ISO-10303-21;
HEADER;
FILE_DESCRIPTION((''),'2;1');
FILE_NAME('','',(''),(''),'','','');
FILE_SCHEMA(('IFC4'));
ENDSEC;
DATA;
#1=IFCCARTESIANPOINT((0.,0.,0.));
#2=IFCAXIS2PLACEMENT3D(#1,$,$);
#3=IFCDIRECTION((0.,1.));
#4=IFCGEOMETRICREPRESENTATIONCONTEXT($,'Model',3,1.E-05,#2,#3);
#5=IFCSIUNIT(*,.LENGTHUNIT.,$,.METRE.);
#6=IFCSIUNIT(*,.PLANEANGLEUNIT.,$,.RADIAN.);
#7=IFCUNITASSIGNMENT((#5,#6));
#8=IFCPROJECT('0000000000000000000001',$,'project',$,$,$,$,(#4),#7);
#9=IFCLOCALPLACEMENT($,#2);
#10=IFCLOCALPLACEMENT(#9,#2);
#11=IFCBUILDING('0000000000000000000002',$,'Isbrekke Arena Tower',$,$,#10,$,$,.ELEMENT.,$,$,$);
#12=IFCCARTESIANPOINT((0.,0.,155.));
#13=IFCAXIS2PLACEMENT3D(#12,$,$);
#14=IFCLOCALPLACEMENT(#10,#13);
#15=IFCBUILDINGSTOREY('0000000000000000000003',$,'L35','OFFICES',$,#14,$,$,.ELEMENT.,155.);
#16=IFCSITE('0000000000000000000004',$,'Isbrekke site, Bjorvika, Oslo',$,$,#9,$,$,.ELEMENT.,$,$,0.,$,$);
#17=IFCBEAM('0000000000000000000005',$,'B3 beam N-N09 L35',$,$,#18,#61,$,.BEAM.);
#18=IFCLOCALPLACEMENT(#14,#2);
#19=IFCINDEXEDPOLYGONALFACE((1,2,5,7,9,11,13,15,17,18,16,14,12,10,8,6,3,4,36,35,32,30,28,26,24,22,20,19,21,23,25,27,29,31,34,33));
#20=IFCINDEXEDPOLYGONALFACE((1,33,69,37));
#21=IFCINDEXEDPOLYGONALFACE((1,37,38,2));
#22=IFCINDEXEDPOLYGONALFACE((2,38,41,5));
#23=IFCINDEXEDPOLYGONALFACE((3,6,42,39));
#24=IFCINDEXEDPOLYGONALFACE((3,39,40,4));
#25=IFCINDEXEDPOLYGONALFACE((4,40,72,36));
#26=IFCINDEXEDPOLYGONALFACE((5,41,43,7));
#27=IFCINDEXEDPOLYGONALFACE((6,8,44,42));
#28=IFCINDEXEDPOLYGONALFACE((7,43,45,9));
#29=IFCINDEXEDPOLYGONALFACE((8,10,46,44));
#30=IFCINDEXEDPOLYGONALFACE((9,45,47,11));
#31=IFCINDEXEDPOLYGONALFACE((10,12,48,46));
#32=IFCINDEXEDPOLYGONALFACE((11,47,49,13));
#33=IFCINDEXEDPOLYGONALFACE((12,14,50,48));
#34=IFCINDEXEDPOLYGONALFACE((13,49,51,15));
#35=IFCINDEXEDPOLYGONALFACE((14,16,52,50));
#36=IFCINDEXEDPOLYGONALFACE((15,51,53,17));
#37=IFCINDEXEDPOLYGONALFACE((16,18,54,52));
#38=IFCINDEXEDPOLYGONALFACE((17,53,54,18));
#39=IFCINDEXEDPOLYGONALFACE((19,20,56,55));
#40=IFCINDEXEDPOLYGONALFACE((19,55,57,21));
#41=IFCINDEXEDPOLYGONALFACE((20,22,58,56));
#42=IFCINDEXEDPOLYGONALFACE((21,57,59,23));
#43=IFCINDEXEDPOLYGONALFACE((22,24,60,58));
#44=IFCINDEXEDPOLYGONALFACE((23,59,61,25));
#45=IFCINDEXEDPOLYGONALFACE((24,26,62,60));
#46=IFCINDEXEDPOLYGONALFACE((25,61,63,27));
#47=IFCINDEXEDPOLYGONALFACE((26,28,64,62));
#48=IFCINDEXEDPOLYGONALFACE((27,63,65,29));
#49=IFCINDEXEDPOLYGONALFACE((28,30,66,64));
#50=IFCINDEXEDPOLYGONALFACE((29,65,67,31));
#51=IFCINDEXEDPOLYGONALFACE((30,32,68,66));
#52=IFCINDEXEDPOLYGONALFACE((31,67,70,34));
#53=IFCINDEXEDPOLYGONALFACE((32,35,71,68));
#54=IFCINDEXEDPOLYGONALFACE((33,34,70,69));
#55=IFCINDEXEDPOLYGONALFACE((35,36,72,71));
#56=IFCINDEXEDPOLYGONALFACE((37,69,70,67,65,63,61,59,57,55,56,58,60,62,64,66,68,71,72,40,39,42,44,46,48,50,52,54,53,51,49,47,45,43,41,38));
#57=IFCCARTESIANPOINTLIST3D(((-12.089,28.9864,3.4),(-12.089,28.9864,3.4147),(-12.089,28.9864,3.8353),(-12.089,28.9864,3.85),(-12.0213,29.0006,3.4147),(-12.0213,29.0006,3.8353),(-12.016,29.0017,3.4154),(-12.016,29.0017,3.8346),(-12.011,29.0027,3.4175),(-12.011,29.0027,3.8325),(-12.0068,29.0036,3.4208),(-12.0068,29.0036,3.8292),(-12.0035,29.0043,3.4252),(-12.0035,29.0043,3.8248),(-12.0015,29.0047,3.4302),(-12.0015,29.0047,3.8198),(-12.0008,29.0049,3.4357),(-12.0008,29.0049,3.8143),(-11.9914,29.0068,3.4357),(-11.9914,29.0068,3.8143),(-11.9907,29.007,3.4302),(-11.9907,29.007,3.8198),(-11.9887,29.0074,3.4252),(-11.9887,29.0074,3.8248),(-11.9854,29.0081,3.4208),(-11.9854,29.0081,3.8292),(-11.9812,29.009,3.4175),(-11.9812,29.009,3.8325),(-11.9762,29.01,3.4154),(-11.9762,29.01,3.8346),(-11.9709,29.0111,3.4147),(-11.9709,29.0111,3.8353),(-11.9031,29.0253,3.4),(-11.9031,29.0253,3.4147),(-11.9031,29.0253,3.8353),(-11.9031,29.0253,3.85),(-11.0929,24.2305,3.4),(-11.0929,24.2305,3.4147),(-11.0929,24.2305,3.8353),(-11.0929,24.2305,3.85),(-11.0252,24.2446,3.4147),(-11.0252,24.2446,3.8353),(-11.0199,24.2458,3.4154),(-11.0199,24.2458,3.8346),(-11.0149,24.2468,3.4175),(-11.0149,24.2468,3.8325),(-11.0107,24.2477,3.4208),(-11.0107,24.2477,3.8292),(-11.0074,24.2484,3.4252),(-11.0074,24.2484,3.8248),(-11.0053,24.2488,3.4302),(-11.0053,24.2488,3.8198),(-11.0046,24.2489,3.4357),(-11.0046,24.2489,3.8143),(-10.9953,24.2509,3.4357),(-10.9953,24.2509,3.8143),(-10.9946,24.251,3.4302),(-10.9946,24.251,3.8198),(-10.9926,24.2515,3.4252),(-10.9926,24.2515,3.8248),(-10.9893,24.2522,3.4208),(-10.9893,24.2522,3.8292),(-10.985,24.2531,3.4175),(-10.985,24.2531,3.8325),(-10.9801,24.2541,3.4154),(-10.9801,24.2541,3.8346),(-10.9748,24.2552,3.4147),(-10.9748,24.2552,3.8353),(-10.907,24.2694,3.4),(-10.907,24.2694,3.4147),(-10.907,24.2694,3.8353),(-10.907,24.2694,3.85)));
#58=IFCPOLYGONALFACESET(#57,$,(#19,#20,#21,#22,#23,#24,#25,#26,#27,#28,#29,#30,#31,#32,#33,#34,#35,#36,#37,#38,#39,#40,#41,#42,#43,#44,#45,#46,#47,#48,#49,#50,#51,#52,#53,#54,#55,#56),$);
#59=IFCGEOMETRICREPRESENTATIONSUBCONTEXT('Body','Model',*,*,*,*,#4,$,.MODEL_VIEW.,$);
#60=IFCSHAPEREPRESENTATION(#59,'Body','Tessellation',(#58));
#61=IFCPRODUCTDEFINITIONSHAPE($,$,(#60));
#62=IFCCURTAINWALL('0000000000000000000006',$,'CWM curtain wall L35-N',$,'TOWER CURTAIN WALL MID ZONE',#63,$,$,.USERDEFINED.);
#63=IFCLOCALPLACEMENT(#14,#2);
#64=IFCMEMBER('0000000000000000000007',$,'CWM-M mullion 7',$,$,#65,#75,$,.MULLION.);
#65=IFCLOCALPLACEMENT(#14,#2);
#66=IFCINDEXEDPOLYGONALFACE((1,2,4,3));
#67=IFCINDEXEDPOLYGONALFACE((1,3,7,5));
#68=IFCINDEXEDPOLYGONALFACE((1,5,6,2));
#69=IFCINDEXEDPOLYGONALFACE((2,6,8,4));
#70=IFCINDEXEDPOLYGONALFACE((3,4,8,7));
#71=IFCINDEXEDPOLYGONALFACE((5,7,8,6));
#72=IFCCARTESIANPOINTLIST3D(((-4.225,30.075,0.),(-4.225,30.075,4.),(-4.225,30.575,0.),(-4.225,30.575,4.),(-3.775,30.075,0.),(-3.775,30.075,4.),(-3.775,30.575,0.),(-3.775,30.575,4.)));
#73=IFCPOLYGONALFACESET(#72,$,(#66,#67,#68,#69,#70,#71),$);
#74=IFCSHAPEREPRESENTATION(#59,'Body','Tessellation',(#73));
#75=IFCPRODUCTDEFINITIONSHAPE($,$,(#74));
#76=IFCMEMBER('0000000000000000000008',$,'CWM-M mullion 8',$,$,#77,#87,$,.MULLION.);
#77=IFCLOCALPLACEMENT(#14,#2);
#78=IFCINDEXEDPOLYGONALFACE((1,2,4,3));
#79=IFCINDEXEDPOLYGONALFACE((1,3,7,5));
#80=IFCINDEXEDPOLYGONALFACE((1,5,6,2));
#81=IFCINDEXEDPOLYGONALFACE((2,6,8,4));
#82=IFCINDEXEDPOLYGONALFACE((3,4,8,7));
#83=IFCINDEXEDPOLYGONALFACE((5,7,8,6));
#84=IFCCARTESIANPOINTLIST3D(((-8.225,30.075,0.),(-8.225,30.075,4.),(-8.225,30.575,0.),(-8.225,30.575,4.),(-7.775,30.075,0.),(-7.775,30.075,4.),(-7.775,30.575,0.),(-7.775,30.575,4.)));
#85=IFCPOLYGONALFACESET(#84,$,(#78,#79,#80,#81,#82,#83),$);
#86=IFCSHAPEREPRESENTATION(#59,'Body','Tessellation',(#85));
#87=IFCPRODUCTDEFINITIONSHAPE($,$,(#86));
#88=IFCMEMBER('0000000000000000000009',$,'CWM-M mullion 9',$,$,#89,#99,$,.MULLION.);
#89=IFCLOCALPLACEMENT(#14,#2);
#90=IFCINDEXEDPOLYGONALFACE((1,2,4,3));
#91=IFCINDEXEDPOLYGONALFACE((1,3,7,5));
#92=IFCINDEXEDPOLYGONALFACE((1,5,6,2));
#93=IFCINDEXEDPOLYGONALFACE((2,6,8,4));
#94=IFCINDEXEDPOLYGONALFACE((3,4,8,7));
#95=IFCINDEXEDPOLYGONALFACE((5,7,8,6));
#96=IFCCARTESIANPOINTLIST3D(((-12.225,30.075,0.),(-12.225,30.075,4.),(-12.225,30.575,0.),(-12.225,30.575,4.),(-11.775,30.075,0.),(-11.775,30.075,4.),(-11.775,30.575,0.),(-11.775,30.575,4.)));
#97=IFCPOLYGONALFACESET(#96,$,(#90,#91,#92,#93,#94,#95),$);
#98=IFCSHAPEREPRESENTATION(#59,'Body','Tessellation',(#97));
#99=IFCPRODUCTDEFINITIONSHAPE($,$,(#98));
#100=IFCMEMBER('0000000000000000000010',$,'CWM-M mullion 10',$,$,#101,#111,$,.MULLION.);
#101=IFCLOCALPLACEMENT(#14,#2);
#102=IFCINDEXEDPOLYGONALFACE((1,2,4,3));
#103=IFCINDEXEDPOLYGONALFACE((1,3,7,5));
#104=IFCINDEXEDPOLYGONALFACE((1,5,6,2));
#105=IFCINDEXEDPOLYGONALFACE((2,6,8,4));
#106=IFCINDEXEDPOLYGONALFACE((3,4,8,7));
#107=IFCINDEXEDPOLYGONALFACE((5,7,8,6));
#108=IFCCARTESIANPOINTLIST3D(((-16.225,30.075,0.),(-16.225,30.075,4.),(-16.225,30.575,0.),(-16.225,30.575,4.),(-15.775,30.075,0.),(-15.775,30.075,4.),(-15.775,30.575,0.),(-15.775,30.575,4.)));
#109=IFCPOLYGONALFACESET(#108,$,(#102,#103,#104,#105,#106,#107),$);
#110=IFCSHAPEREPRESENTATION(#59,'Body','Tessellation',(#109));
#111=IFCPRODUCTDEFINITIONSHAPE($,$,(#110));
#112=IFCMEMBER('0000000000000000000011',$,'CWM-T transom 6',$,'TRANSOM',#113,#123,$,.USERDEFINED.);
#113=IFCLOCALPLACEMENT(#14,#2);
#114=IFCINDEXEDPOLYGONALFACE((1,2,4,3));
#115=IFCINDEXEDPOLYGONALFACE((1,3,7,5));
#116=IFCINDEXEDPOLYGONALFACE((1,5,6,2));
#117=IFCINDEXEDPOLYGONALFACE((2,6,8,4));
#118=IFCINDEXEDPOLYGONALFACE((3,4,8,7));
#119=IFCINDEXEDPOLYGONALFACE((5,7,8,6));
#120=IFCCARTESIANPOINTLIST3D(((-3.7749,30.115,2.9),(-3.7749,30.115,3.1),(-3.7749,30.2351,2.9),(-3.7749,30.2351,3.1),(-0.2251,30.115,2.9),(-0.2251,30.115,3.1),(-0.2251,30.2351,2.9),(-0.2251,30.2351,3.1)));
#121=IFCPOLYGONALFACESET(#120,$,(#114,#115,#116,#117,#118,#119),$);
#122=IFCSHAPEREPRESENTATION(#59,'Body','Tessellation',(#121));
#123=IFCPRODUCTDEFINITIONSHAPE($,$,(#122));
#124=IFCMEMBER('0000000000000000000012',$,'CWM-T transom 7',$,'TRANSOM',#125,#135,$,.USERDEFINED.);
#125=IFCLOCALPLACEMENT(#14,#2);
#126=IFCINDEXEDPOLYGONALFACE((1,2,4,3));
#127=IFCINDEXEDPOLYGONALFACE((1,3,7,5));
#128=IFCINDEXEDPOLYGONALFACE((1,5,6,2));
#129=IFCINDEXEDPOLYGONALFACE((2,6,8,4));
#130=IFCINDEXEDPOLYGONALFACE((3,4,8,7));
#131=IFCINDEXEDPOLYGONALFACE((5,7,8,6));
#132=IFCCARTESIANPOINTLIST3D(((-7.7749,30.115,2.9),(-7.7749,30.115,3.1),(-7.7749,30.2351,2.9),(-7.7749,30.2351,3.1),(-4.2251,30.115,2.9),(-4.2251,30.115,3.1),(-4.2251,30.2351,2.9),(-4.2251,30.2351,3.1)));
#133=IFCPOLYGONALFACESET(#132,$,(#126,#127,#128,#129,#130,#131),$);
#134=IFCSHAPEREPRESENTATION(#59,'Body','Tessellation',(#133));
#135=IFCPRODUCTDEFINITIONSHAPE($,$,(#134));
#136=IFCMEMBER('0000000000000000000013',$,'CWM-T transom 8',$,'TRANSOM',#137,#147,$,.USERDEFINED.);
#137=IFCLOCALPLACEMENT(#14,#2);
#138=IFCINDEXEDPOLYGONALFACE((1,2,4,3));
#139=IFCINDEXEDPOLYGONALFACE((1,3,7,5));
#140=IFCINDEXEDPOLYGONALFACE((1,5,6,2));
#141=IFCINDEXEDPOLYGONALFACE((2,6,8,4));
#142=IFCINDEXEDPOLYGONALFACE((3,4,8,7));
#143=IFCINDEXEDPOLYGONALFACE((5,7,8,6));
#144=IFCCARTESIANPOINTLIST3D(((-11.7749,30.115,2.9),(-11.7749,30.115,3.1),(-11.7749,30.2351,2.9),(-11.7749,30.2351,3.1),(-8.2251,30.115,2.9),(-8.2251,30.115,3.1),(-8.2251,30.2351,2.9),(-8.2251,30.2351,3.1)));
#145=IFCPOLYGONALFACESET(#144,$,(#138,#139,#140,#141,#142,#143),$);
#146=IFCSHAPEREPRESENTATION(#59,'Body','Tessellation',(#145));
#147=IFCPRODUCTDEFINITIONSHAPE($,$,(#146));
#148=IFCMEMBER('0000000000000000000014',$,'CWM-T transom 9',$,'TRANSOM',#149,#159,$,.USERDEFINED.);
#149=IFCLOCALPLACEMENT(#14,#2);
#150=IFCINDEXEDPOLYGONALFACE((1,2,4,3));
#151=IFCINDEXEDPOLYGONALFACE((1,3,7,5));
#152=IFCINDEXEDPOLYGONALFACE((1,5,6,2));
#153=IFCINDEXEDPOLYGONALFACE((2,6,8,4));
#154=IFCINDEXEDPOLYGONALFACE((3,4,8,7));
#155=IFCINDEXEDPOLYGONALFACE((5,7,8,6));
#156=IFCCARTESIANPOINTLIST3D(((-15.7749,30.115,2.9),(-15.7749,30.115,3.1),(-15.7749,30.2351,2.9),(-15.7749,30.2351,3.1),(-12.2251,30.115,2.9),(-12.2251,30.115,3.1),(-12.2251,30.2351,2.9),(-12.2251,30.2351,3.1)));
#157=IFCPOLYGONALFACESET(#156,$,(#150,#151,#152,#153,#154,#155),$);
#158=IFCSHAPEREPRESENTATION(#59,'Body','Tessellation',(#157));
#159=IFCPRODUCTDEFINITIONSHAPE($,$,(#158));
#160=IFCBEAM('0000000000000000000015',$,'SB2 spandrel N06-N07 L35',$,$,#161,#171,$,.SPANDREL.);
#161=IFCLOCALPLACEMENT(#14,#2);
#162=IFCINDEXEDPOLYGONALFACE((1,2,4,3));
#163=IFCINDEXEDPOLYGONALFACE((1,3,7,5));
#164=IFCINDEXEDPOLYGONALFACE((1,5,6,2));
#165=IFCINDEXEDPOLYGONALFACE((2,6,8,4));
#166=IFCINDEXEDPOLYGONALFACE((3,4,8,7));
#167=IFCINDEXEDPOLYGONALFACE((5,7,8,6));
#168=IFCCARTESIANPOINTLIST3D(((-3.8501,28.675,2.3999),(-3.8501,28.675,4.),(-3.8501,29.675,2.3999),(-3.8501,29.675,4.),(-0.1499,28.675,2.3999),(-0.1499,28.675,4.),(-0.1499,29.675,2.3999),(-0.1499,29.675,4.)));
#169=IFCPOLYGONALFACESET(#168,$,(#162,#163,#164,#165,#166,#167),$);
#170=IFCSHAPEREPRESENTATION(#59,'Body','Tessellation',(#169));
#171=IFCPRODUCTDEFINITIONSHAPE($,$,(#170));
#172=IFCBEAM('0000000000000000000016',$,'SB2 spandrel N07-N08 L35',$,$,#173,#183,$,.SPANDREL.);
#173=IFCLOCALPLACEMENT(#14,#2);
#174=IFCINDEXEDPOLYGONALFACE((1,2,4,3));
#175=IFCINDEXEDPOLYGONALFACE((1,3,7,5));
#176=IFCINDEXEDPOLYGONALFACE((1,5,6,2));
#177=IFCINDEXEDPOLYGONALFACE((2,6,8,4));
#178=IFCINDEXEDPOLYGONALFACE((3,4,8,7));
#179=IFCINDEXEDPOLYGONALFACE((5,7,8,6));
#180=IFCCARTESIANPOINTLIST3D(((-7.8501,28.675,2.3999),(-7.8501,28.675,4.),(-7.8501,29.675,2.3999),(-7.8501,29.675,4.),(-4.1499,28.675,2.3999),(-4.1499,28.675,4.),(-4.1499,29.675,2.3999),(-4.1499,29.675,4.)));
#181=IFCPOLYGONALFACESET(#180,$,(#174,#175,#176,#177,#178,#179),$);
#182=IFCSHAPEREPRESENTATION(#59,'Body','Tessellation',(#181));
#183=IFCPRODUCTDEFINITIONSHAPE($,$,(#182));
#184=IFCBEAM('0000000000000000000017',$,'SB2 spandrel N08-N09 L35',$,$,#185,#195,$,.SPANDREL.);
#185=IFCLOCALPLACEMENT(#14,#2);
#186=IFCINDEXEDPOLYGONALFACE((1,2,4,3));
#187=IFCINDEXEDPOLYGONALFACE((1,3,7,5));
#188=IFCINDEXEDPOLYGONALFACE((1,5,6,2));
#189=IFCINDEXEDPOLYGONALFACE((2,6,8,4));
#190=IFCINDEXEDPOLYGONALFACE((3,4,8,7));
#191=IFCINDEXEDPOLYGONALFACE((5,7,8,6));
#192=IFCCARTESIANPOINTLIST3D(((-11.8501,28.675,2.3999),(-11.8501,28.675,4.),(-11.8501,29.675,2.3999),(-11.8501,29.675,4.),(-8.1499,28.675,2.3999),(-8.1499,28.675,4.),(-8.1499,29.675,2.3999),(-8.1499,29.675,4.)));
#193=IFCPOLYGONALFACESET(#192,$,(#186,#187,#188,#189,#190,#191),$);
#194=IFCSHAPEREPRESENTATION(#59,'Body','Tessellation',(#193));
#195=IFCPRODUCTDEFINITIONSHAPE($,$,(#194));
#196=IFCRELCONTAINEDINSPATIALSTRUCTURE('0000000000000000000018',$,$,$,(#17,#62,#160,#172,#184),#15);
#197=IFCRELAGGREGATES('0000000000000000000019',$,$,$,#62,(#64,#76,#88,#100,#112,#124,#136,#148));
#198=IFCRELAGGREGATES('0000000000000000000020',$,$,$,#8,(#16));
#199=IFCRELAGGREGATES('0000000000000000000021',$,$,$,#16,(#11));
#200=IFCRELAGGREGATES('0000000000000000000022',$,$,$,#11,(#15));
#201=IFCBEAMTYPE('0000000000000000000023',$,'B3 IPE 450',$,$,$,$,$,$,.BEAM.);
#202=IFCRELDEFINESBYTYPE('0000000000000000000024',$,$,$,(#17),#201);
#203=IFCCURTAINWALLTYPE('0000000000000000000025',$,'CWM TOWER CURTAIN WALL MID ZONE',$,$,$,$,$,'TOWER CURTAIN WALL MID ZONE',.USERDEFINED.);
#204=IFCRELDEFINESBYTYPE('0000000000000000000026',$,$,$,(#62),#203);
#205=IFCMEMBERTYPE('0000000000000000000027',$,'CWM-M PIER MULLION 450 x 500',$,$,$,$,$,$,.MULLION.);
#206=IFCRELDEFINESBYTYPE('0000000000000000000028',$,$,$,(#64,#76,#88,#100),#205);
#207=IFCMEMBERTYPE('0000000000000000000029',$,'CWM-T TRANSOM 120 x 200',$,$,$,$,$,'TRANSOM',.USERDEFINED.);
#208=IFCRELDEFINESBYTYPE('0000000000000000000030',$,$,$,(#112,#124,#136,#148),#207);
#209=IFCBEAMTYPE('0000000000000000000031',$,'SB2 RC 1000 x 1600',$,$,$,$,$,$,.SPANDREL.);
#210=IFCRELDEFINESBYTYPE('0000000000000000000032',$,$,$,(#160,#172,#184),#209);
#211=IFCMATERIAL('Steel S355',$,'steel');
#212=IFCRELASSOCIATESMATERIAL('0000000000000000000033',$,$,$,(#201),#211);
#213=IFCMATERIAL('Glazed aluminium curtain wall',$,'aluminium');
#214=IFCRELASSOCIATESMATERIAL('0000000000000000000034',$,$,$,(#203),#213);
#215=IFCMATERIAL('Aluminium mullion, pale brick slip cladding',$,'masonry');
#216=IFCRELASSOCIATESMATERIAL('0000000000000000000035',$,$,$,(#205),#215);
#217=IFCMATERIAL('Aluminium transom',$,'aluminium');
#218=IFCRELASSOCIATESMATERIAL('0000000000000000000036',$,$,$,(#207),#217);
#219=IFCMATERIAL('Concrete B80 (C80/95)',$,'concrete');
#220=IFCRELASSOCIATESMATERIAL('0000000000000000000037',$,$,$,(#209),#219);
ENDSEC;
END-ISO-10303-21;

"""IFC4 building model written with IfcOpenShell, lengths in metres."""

from ifc_helpers import new_model, si_unit, direction, frame, origin, origin_2d, place, context, subcontext, project, spatial, rectangle, i_section, extrude, material, material_profile, profile_set, type_object, element, aggregate, save


model = new_model("IFC4")

# Units and contexts
model_context = context("Model", 3, precision=1e-05, world=origin(), true_north=direction((0.0, 1.0)))
body_context = subcontext(model_context, "Body", "Model", "MODEL_VIEW")
ifc_project = project(units=[si_unit("LENGTHUNIT", "METRE"), si_unit("PLANEANGLEUNIT", "RADIAN")], contexts=[model_context])

# Site, building, storey
site_placement = place(None, origin())
site = spatial("IfcSite", under=ifc_project, at=site_placement, Name="Isbrekke site, Bjorvika, Oslo", CompositionType="ELEMENT", RefElevation=0.0)
building_placement = place(site_placement, origin())
building = spatial("IfcBuilding", under=site, at=building_placement, Name="Isbrekke Arena Tower", CompositionType="ELEMENT")
storey_placement = place(building_placement, frame((0.0, 0.0, 155.0)))
storey = spatial("IfcBuildingStorey", under=building, at=storey_placement, Name="L35", Description="OFFICES", CompositionType="ELEMENT", Elevation=155.0)

# Beam
ifc_material_1 = material(Name="Steel S355", Category="steel")
ifc_material_profile_1 = material_profile(ifc_material_1, i_section(OverallWidth=0.1899, OverallDepth=0.45, WebThickness=0.0095, FlangeThickness=0.0146, FilletRadius=0.021, at=origin_2d()), Name="IPE 450")
ifc_profile_set_1 = profile_set([ifc_material_profile_1], Name="Steel S355")
beam_type_1 = type_object("IfcBeamType", Name="B3 IPE 450", PredefinedType="BEAM", material=ifc_profile_set_1)
beam_1_placement = place(storey_placement, frame((-11.9961, 29.0059, 3.625), z_axis=(0.204997, -0.978762, 0.0), x_axis=(0.978762, 0.204997, 0.0)))
element("IfcBeam", 1, at=beam_1_placement, inside=storey, type_object=beam_type_1, Name="B3 beam N-N09 L35", PredefinedType="BEAM", context=body_context, shape_type="SweptSolid", body=[
    extrude(i_section(OverallWidth=0.1899, OverallDepth=0.45, WebThickness=0.0095, FlangeThickness=0.0146, FilletRadius=0.021, at=origin_2d()), origin(), (0.0, 0.0, 1.0), 4.8591),
])

# Curtain wall, members
ifc_material_2 = material(Name="Glazed aluminium curtain wall", Category="aluminium")
curtain_wall_type = type_object("IfcCurtainWallType", Name="CWM TOWER CURTAIN WALL MID ZONE", ElementType="TOWER CURTAIN WALL MID ZONE", PredefinedType="USERDEFINED", material=ifc_material_2)
curtain_wall_placement = place(storey_placement, origin())
curtain_wall = element("IfcCurtainWall", 2, at=curtain_wall_placement, inside=storey, type_object=curtain_wall_type, Name="CWM curtain wall L35-N", ObjectType="TOWER CURTAIN WALL MID ZONE", PredefinedType="USERDEFINED")
ifc_material_3 = material(Name="Aluminium mullion, pale brick slip cladding", Category="masonry")
ifc_material_profile_2 = material_profile(ifc_material_3, rectangle(XDim=0.45, YDim=0.5, at=origin_2d()), Name="PIER 450X500")
ifc_profile_set_2 = profile_set([ifc_material_profile_2], Name="Aluminium mullion, pale brick slip cladding")
member_type_1 = type_object("IfcMemberType", Name="CWM-M PIER MULLION 450 x 500", PredefinedType="MULLION", material=ifc_profile_set_2)
member_1_placement = place(storey_placement, frame((-4.0, 30.325, 0.0), z_axis=(0.0, 0.0, 1.0), x_axis=(-1.0, 0.0, 0.0)))
member_1 = element("IfcMember", 3, at=member_1_placement, type_object=member_type_1, Name="CWM-M mullion 7", PredefinedType="MULLION", context=body_context, shape_type="SweptSolid", body=[
    extrude(rectangle(XDim=0.45, YDim=0.5, at=origin_2d()), origin(), (0.0, 0.0, 1.0), 4.0),
])
member_2_placement = place(storey_placement, frame((-8.0, 30.325, 0.0), z_axis=(0.0, 0.0, 1.0), x_axis=(-1.0, 0.0, 0.0)))
member_2 = element("IfcMember", 4, at=member_2_placement, type_object=member_type_1, Name="CWM-M mullion 8", PredefinedType="MULLION", context=body_context, shape_type="SweptSolid", body=[
    extrude(rectangle(XDim=0.45, YDim=0.5, at=origin_2d()), origin(), (0.0, 0.0, 1.0), 4.0),
])
member_3_placement = place(storey_placement, frame((-12.0, 30.325, 0.0), z_axis=(0.0, 0.0, 1.0), x_axis=(-1.0, 0.0, 0.0)))
member_3 = element("IfcMember", 5, at=member_3_placement, type_object=member_type_1, Name="CWM-M mullion 9", PredefinedType="MULLION", context=body_context, shape_type="SweptSolid", body=[
    extrude(rectangle(XDim=0.45, YDim=0.5, at=origin_2d()), origin(), (0.0, 0.0, 1.0), 4.0),
])
member_4_placement = place(storey_placement, frame((-16.0, 30.325, 0.0), z_axis=(0.0, 0.0, 1.0), x_axis=(-1.0, 0.0, 0.0)))
member_4 = element("IfcMember", 6, at=member_4_placement, type_object=member_type_1, Name="CWM-M mullion 10", PredefinedType="MULLION", context=body_context, shape_type="SweptSolid", body=[
    extrude(rectangle(XDim=0.45, YDim=0.5, at=origin_2d()), origin(), (0.0, 0.0, 1.0), 4.0),
])
ifc_material_4 = material(Name="Aluminium transom", Category="aluminium")
ifc_material_profile_3 = material_profile(ifc_material_4, rectangle(XDim=0.1201, YDim=0.2, at=origin_2d()), Name="TRANSOM 120X200")
ifc_profile_set_3 = profile_set([ifc_material_profile_3], Name="Aluminium transom")
member_type_2 = type_object("IfcMemberType", Name="CWM-T TRANSOM 120 x 200", ElementType="TRANSOM", PredefinedType="USERDEFINED", material=ifc_profile_set_3)
member_5_placement = place(storey_placement, frame((-0.2251, 30.175, 3.0), z_axis=(-1.0, 0.0, 0.0), x_axis=(0.0, -1.0, 0.0)))
member_5 = element("IfcMember", 7, at=member_5_placement, type_object=member_type_2, Name="CWM-T transom 6", ObjectType="TRANSOM", PredefinedType="USERDEFINED", context=body_context, shape_type="SweptSolid", body=[
    extrude(rectangle(XDim=0.1201, YDim=0.2, at=origin_2d()), origin(), (0.0, 0.0, 1.0), 3.5498),
])
member_6_placement = place(storey_placement, frame((-4.2251, 30.175, 3.0), z_axis=(-1.0, 0.0, 0.0), x_axis=(0.0, -1.0, 0.0)))
member_6 = element("IfcMember", 8, at=member_6_placement, type_object=member_type_2, Name="CWM-T transom 7", ObjectType="TRANSOM", PredefinedType="USERDEFINED", context=body_context, shape_type="SweptSolid", body=[
    extrude(rectangle(XDim=0.1201, YDim=0.2, at=origin_2d()), origin(), (0.0, 0.0, 1.0), 3.5498),
])
member_7_placement = place(storey_placement, frame((-8.2251, 30.175, 3.0), z_axis=(-1.0, 0.0, 0.0), x_axis=(0.0, -1.0, 0.0)))
member_7 = element("IfcMember", 9, at=member_7_placement, type_object=member_type_2, Name="CWM-T transom 8", ObjectType="TRANSOM", PredefinedType="USERDEFINED", context=body_context, shape_type="SweptSolid", body=[
    extrude(rectangle(XDim=0.1201, YDim=0.2, at=origin_2d()), origin(), (0.0, 0.0, 1.0), 3.5498),
])
member_8_placement = place(storey_placement, frame((-12.2251, 30.175, 3.0), z_axis=(-1.0, 0.0, 0.0), x_axis=(0.0, -1.0, 0.0)))
member_8 = element("IfcMember", 10, at=member_8_placement, type_object=member_type_2, Name="CWM-T transom 9", ObjectType="TRANSOM", PredefinedType="USERDEFINED", context=body_context, shape_type="SweptSolid", body=[
    extrude(rectangle(XDim=0.1201, YDim=0.2, at=origin_2d()), origin(), (0.0, 0.0, 1.0), 3.5498),
])

# Beams
ifc_material_5 = material(Name="Concrete B80 (C80/95)", Category="concrete")
ifc_material_profile_4 = material_profile(ifc_material_5, rectangle(XDim=1.0, YDim=1.6001, at=origin_2d()), Name="RC 1000x1600")
ifc_profile_set_4 = profile_set([ifc_material_profile_4], Name="Concrete B80 (C80/95)")
beam_type_2 = type_object("IfcBeamType", Name="SB2 RC 1000 x 1600", PredefinedType="SPANDREL", material=ifc_profile_set_4)
for number, where, z_axis, x_axis, name in (
    (11, (-0.1499, 29.175, 3.2), (-1.0, 0.0, 0.0), (0.0, -1.0, 0.0), "SB2 spandrel N06-N07 L35"),
    (12, (-4.1499, 29.175, 3.2), (-1.0, 0.0, 0.0), (0.0, -1.0, 0.0), "SB2 spandrel N07-N08 L35"),
    (13, (-8.1499, 29.175, 3.2), (-1.0, 0.0, 0.0), (0.0, -1.0, 0.0), "SB2 spandrel N08-N09 L35"),
):
    element("IfcBeam", number, at=place(storey_placement, frame(where, z_axis=z_axis, x_axis=x_axis)), inside=storey, type_object=beam_type_2, Name=name, PredefinedType="SPANDREL", context=body_context, shape_type="SweptSolid", body=[
        extrude(rectangle(XDim=1.0, YDim=1.6001, at=origin_2d()), origin(), (0.0, 0.0, 1.0), 3.7002),
    ])

aggregate(curtain_wall, [member_1, member_2, member_3, member_4, member_5, member_6, member_7, member_8])

save(model, "model.ifc")
